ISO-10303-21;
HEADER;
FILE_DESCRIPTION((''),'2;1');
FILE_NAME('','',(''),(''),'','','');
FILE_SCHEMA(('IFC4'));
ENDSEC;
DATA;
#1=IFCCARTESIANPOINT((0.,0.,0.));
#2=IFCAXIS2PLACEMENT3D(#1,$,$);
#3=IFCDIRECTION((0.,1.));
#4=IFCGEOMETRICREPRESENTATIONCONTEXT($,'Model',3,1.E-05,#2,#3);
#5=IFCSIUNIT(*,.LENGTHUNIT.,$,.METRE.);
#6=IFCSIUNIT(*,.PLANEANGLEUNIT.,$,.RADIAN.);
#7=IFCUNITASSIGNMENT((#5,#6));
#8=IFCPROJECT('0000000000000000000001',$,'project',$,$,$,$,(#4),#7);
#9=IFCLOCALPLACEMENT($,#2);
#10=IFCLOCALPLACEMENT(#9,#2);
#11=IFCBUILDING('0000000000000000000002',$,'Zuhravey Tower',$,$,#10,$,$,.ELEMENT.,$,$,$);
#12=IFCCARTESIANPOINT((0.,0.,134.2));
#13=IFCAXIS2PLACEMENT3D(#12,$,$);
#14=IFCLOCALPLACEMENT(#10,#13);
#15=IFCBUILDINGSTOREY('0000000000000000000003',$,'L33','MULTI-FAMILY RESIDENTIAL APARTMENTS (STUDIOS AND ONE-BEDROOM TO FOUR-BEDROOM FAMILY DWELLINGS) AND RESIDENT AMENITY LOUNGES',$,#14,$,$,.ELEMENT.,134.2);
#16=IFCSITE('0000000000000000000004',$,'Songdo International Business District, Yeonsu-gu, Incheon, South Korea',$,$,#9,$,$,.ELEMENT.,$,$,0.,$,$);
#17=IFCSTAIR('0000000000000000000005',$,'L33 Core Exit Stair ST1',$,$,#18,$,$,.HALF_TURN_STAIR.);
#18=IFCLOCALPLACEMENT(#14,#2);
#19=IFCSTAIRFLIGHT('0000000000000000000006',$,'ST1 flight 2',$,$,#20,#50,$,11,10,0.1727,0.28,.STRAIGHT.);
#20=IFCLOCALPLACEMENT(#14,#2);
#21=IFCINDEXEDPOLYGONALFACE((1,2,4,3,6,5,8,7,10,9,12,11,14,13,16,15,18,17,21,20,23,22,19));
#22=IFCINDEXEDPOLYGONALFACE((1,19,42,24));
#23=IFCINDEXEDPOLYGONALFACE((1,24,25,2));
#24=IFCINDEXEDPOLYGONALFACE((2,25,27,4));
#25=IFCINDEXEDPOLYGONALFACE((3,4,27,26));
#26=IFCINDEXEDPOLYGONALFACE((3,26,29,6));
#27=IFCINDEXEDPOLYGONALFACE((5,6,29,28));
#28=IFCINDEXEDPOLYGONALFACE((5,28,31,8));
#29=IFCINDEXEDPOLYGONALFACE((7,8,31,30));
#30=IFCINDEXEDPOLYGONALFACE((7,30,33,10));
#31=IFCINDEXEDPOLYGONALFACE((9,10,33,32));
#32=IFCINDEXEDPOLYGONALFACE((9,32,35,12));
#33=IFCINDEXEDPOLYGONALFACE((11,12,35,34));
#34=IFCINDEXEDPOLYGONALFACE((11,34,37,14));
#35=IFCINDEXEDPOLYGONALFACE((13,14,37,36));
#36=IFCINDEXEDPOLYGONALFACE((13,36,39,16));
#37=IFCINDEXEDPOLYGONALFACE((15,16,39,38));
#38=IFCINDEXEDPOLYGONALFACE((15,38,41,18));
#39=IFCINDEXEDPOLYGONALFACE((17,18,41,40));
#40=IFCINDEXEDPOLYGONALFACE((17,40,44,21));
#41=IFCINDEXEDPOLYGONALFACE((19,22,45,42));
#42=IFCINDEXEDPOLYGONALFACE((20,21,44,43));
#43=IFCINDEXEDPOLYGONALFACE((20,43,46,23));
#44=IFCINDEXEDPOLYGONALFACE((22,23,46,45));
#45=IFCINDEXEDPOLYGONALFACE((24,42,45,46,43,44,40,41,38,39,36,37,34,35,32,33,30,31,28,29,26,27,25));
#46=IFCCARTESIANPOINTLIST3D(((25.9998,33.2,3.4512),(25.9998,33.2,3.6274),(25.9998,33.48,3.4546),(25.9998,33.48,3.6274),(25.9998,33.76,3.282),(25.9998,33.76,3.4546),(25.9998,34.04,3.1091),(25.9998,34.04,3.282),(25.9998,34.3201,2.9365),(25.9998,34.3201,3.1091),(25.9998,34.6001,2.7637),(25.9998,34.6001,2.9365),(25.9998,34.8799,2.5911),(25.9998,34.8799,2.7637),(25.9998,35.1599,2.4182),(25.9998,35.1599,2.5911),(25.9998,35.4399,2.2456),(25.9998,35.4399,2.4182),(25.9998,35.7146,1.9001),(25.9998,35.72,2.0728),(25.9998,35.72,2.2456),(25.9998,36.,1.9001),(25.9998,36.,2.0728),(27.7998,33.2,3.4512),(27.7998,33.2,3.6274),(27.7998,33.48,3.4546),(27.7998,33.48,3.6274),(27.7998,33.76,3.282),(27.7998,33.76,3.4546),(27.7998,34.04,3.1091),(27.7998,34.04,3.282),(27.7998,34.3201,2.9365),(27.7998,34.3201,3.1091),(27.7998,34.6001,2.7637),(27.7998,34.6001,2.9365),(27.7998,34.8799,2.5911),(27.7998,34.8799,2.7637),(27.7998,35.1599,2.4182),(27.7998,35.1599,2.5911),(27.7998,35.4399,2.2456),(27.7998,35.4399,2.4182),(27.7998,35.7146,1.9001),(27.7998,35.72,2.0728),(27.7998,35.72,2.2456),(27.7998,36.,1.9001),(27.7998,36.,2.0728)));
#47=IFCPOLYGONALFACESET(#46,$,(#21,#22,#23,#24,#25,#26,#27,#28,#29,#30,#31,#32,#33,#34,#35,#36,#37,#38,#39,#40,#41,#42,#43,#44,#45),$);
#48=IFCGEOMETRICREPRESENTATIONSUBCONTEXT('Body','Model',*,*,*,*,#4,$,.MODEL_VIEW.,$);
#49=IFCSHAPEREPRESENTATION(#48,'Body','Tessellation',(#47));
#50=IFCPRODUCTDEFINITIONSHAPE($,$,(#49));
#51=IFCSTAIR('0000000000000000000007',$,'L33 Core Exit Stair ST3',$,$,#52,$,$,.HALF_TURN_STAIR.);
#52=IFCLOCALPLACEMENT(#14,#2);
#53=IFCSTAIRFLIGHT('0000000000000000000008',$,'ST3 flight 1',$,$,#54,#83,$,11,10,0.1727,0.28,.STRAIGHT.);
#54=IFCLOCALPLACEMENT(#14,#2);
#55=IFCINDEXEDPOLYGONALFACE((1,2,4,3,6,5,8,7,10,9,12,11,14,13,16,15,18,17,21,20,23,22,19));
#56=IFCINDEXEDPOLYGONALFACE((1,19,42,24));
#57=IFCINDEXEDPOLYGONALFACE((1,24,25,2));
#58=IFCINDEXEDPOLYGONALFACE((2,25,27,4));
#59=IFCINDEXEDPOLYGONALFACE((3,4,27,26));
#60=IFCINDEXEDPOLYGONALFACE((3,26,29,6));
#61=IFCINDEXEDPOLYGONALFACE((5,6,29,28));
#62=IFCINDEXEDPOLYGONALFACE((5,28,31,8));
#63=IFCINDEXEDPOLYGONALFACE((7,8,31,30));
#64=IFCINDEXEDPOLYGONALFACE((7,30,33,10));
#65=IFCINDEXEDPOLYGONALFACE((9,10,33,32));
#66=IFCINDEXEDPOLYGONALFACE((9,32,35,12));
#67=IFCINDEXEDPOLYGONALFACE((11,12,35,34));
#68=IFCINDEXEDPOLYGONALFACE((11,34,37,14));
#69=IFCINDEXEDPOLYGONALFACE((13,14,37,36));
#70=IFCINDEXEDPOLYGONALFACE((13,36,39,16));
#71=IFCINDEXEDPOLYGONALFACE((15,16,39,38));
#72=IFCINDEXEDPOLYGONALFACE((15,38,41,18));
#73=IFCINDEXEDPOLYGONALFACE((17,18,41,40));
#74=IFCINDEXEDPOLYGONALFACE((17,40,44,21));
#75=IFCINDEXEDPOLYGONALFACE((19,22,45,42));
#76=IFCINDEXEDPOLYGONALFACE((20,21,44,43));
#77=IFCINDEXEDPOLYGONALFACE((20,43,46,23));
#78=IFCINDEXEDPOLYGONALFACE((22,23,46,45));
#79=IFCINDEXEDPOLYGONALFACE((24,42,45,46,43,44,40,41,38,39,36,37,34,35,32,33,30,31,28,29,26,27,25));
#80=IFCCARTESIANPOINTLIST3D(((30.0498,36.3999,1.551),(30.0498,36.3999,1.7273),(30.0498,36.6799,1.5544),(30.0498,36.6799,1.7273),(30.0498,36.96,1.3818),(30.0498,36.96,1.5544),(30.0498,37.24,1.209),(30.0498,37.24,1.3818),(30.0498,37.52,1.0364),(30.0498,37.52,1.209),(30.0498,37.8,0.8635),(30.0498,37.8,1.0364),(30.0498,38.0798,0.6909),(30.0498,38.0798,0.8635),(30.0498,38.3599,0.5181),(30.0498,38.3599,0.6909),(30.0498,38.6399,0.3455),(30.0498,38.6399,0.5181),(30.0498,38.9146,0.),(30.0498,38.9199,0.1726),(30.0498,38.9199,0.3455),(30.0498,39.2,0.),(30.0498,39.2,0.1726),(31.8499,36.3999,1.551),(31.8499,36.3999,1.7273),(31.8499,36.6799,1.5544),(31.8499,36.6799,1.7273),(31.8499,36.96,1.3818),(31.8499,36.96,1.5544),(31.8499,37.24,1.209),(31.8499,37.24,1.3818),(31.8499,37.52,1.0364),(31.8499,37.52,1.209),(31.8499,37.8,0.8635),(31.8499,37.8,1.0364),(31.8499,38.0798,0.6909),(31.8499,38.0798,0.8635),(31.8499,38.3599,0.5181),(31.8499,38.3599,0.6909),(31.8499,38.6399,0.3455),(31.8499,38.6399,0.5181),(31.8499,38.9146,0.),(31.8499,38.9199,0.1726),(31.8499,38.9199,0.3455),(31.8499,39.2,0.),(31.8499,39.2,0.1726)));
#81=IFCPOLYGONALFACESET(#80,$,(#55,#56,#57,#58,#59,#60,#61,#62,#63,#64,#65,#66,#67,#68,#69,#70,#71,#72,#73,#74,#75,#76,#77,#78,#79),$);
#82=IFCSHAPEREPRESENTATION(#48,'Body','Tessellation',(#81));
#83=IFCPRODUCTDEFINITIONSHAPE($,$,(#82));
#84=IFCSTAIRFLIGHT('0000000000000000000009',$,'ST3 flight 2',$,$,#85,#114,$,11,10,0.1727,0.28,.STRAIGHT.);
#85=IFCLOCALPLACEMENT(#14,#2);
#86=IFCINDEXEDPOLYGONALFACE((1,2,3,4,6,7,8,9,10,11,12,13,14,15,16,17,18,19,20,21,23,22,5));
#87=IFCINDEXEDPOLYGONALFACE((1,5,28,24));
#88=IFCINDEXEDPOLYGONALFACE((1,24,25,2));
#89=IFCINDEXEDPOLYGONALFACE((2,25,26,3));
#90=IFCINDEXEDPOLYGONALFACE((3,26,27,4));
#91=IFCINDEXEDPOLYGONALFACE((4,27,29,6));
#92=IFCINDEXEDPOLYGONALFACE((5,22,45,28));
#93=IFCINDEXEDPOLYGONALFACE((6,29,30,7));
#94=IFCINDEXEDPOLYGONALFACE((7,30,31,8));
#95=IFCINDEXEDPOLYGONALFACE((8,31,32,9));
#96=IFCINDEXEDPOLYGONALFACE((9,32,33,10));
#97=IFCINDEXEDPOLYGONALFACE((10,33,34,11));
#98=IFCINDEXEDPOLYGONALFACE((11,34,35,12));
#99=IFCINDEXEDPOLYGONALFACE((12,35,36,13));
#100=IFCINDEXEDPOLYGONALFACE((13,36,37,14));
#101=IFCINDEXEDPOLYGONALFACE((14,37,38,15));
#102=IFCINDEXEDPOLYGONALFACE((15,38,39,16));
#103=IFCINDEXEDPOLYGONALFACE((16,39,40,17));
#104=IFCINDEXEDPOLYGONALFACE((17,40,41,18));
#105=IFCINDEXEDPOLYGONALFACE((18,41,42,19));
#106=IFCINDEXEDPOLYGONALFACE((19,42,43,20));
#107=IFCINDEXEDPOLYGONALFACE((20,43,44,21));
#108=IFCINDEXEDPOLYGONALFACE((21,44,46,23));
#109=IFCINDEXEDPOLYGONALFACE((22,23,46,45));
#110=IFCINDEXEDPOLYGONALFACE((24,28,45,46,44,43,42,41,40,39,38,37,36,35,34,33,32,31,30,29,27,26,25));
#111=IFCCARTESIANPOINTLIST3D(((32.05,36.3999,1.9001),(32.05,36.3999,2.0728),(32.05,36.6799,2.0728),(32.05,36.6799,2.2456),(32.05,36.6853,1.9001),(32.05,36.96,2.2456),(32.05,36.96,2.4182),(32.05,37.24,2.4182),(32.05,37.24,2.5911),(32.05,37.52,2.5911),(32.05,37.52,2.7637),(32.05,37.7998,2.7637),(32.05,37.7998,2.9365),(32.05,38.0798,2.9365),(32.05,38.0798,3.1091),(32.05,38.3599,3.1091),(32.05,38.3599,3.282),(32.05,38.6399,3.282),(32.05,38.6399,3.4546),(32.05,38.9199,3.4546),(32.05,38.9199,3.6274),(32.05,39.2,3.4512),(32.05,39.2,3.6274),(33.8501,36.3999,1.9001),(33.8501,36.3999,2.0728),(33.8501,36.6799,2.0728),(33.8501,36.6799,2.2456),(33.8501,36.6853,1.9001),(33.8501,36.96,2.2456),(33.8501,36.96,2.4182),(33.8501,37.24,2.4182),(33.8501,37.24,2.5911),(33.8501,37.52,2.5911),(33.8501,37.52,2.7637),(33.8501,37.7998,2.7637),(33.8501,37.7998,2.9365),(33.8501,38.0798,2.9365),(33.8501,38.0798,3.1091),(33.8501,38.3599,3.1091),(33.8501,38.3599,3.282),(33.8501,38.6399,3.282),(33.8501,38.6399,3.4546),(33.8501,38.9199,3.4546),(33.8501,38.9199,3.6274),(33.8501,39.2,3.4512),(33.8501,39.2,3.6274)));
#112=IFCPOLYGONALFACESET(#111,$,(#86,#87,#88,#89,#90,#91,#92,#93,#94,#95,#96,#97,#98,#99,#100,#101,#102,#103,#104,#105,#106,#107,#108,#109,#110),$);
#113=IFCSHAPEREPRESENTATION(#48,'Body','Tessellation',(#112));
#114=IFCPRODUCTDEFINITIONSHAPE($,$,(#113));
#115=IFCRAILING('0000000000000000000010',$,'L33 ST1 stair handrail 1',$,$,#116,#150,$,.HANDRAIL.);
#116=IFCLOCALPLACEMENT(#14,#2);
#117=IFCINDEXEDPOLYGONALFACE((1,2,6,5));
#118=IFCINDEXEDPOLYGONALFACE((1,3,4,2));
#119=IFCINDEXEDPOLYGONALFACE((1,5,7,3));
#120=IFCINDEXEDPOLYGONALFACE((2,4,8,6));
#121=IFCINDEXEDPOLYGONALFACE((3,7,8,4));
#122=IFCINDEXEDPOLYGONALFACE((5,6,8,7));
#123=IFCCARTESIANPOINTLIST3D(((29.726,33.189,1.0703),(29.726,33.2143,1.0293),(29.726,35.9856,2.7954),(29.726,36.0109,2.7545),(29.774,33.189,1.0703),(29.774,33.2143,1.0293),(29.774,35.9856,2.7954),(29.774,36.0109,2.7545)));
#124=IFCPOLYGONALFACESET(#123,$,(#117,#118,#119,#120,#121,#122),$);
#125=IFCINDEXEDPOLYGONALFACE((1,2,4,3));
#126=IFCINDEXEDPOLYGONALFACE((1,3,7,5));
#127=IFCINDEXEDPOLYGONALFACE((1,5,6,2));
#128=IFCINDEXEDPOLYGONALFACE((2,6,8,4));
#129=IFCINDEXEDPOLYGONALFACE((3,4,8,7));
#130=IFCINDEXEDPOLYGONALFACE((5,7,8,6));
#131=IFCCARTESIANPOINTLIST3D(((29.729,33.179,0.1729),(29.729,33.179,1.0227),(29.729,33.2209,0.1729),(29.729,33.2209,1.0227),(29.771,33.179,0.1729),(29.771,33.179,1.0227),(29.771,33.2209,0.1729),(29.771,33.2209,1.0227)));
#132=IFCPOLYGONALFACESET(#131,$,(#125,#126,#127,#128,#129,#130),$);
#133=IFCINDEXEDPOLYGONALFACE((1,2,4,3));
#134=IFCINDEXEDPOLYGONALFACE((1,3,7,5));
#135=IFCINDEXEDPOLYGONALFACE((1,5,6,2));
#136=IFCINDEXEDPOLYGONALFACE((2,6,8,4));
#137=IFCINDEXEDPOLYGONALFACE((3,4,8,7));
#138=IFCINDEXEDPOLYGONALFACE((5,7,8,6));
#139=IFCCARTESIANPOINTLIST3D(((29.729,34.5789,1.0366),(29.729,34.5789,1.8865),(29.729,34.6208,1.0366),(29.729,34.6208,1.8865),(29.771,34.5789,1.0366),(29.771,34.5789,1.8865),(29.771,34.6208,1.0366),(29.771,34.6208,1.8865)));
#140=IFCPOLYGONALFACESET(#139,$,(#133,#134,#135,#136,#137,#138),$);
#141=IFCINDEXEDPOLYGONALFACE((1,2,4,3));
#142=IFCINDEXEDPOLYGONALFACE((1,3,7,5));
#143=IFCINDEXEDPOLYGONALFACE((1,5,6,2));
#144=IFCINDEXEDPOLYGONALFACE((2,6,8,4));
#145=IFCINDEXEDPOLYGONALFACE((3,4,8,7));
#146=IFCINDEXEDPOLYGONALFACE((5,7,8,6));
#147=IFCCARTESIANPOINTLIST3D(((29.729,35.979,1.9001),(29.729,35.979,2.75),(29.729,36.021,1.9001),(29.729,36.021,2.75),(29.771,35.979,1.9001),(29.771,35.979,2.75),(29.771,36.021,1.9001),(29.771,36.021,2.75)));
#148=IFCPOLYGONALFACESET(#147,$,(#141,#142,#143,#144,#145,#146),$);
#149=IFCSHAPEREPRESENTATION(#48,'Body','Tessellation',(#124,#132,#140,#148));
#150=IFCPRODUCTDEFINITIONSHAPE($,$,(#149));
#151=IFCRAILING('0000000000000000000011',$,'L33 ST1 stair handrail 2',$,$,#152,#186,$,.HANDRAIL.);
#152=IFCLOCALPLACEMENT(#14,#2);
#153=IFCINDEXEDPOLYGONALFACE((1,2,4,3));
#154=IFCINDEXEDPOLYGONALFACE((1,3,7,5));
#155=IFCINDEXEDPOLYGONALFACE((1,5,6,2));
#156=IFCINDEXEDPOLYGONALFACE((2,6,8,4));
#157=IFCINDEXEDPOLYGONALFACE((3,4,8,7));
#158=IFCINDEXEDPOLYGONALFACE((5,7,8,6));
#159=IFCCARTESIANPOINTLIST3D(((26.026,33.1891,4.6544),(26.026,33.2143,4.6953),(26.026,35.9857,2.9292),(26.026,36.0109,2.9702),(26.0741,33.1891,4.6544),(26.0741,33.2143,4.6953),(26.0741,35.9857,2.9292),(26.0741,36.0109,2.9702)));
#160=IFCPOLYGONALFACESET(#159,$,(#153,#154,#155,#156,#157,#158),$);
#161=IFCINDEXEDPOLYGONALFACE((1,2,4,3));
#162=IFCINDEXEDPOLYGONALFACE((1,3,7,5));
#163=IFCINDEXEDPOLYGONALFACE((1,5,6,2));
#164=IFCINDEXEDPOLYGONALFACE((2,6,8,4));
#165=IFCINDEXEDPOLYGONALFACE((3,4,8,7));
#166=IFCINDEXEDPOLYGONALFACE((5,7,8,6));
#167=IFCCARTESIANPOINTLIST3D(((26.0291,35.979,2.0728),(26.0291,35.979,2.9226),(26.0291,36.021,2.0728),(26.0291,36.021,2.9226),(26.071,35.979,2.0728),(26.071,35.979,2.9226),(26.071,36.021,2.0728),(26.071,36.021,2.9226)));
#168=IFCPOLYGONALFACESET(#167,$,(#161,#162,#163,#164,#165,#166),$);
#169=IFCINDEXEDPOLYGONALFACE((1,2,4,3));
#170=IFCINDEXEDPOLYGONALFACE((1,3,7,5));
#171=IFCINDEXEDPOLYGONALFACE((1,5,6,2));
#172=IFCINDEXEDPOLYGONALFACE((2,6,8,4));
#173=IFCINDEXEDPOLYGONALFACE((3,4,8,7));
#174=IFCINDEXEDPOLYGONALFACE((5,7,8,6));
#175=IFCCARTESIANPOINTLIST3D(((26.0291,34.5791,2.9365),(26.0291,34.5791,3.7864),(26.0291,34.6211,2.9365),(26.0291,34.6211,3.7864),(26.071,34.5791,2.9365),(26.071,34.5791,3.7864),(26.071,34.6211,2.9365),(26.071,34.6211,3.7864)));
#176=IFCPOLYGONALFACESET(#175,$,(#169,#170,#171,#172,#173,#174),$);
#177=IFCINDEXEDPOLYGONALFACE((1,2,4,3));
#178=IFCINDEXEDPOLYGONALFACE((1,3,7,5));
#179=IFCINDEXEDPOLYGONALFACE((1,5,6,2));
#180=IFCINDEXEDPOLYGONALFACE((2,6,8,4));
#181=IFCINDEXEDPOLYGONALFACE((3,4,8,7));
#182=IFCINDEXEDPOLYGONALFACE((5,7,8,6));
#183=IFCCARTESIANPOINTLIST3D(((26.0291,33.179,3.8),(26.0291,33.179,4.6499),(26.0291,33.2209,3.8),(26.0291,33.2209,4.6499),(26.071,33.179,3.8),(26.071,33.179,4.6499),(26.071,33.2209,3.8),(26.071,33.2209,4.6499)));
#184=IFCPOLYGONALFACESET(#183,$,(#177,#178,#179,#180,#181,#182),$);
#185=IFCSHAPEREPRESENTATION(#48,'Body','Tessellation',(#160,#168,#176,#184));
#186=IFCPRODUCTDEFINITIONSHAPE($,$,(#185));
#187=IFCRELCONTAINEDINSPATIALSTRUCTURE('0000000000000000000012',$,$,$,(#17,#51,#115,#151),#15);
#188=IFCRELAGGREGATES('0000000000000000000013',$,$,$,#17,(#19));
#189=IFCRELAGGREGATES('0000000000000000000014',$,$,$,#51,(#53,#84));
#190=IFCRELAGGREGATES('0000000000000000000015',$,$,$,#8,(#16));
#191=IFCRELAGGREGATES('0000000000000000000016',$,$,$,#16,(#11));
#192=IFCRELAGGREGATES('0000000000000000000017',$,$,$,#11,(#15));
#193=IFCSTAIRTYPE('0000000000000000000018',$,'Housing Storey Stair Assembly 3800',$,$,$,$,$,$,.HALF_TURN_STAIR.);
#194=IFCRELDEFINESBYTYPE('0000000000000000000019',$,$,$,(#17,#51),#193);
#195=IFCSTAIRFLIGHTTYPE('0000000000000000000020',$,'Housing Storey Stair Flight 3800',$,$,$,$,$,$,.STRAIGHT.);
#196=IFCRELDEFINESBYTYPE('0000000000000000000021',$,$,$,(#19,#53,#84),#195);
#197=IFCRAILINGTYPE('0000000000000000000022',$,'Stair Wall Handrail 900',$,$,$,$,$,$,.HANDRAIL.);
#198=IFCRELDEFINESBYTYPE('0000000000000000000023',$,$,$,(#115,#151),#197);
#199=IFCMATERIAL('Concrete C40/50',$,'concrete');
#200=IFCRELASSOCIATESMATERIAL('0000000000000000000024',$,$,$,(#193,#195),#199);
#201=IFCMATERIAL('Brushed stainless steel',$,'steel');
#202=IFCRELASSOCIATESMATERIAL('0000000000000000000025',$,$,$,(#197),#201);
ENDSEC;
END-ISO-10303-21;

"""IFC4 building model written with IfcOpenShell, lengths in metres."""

from ifc_helpers import new_model, si_unit, direction, frame, origin, origin_2d, place, context, subcontext, project, spatial, polyline, rectangle, outline, extrude, material, type_object, element, aggregate, save


model = new_model("IFC4")

# Units and contexts
model_context = context("Model", 3, precision=1e-05, world=origin(), true_north=direction((0.0, 1.0)))
body_context = subcontext(model_context, "Body", "Model", "MODEL_VIEW")
ifc_project = project(units=[si_unit("LENGTHUNIT", "METRE"), si_unit("PLANEANGLEUNIT", "RADIAN")], contexts=[model_context])

# Site, building, storey
site_placement = place(None, origin())
site = spatial("IfcSite", under=ifc_project, at=site_placement, Name="Songdo International Business District, Yeonsu-gu, Incheon, South Korea", CompositionType="ELEMENT", RefElevation=0.0)
building_placement = place(site_placement, origin())
building = spatial("IfcBuilding", under=site, at=building_placement, Name="Zuhravey Tower", CompositionType="ELEMENT")
storey_placement = place(building_placement, frame((0.0, 0.0, 134.2)))
storey = spatial("IfcBuildingStorey", under=building, at=storey_placement, Name="L33", Description="MULTI-FAMILY RESIDENTIAL APARTMENTS (STUDIOS AND ONE-BEDROOM TO FOUR-BEDROOM FAMILY DWELLINGS) AND RESIDENT AMENITY LOUNGES", CompositionType="ELEMENT", Elevation=134.2)

# Stairs, stair flights
ifc_material_1 = material(Name="Concrete C40/50", Category="concrete")
stair_type = type_object("IfcStairType", Name="Housing Storey Stair Assembly 3800", PredefinedType="HALF_TURN_STAIR", material=ifc_material_1)
stair_1_placement = place(storey_placement, origin())
stair_1 = element("IfcStair", 1, at=stair_1_placement, inside=storey, type_object=stair_type, Name="L33 Core Exit Stair ST1", PredefinedType="HALF_TURN_STAIR")
stair_flight_type = type_object("IfcStairFlightType", Name="Housing Storey Stair Flight 3800", PredefinedType="STRAIGHT", material=ifc_material_1)
stair_flight_1_placement = place(storey_placement, frame((26.8999, 36.0, 1.9001), z_axis=(0.0, 0.0, 1.0), x_axis=(0.0, -1.0, 0.0)))
stair_flight_1 = element("IfcStairFlight", 2, at=stair_flight_1_placement, type_object=stair_flight_type, Name="ST1 flight 2", NumberOfRisers=11, NumberOfTreads=10, PredefinedType="STRAIGHT", RiserHeight=0.1727, TreadLength=0.28, context=body_context, shape_type="SweptSolid", body=[
    extrude(outline(polyline([(0.0, 0.0), (0.0, 0.1726), (0.28, 0.1726), (0.28, 0.3455), (0.5601, 0.3455), (0.5601, 0.5181), (0.8401, 0.5181), (0.8401, 0.6909), (1.1201, 0.6909), (1.1201, 0.8635), (1.3999, 0.8635), (1.3999, 1.0364), (1.6799, 1.0364), (1.6799, 1.209), (1.96, 1.209), (1.96, 1.3818), (2.24, 1.3818), (2.24, 1.5544), (2.52, 1.5544), (2.52, 1.7273), (2.8, 1.7273), (2.8, 1.8999), (2.8, 1.551), (0.2854, 0.0), (0.0, 0.0)])), frame((0.0, 0.8999, 0.0), z_axis=(0.0, -1.0, 0.0), x_axis=(1.0, 0.0, 0.0)), (0.0, 0.0, 1.0), 1.8),
])
aggregate(stair_1, [stair_flight_1])
stair_2_placement = place(storey_placement, origin())
stair_2 = element("IfcStair", 3, at=stair_2_placement, inside=storey, type_object=stair_type, Name="L33 Core Exit Stair ST3", PredefinedType="HALF_TURN_STAIR")
stair_flight_2_placement = place(storey_placement, frame((30.95, 39.2, 0.0), z_axis=(0.0, 0.0, 1.0), x_axis=(0.0, -1.0, 0.0)))
stair_flight_2 = element("IfcStairFlight", 4, at=stair_flight_2_placement, type_object=stair_flight_type, Name="ST3 flight 1", NumberOfRisers=11, NumberOfTreads=10, PredefinedType="STRAIGHT", RiserHeight=0.1727, TreadLength=0.28, context=body_context, shape_type="SweptSolid", body=[
    extrude(outline(polyline([(0.0, 0.0), (0.0, 0.1726), (0.28, 0.1726), (0.28, 0.3455), (0.5601, 0.3455), (0.5601, 0.5181), (0.8401, 0.5181), (0.8401, 0.6909), (1.1201, 0.6909), (1.1201, 0.8635), (1.3999, 0.8635), (1.3999, 1.0364), (1.6799, 1.0364), (1.6799, 1.209), (1.96, 1.209), (1.96, 1.3818), (2.24, 1.3818), (2.24, 1.5544), (2.52, 1.5544), (2.52, 1.7273), (2.8, 1.7273), (2.8, 1.8999), (2.8, 1.551), (0.2854, 0.0), (0.0, 0.0)])), frame((0.0, 0.8999, 0.0), z_axis=(0.0, -1.0, 0.0), x_axis=(1.0, 0.0, 0.0)), (0.0, 0.0, 1.0), 1.8),
])
stair_flight_3_placement = place(storey_placement, frame((32.95, 36.3999, 1.9001), z_axis=(0.0, 0.0, 1.0), x_axis=(0.0, 1.0, 0.0)))
stair_flight_3 = element("IfcStairFlight", 5, at=stair_flight_3_placement, type_object=stair_flight_type, Name="ST3 flight 2", NumberOfRisers=11, NumberOfTreads=10, PredefinedType="STRAIGHT", RiserHeight=0.1727, TreadLength=0.28, context=body_context, shape_type="SweptSolid", body=[
    extrude(outline(polyline([(0.0, 0.0), (0.0, 0.1726), (0.28, 0.1726), (0.28, 0.3455), (0.5601, 0.3455), (0.5601, 0.5181), (0.8401, 0.5181), (0.8401, 0.6909), (1.1201, 0.6909), (1.1201, 0.8635), (1.3999, 0.8635), (1.3999, 1.0364), (1.6799, 1.0364), (1.6799, 1.209), (1.96, 1.209), (1.96, 1.3818), (2.24, 1.3818), (2.24, 1.5544), (2.52, 1.5544), (2.52, 1.7273), (2.8, 1.7273), (2.8, 1.8999), (2.8, 1.551), (0.2854, 0.0), (0.0, 0.0)])), frame((0.0, 0.8999, 0.0), z_axis=(0.0, -1.0, 0.0), x_axis=(1.0, 0.0, 0.0)), (0.0, 0.0, 1.0), 1.8),
])
aggregate(stair_2, [stair_flight_2, stair_flight_3])

# Railings
ifc_material_2 = material(Name="Brushed stainless steel", Category="steel")
railing_type_1 = type_object("IfcRailingType", Name="Stair Wall Handrail 900", PredefinedType="HANDRAIL", material=ifc_material_2)
railing_1_placement = place(storey_placement, frame((29.75, 33.2, 0.1729)))
element("IfcRailing", 6, at=railing_1_placement, inside=storey, type_object=railing_type_1, Name="L33 ST1 stair handrail 1", PredefinedType="HANDRAIL", context=body_context, shape_type="SweptSolid", body=[
    extrude(rectangle(XDim=0.0481, YDim=0.0481, at=origin_2d()), frame((0.0, 0.0017, 0.877), z_axis=(0.0, 0.85109, 0.52502), x_axis=(-1.0, 0.0, 0.0)), (0.0, 0.0, 1.0), 3.2859),
    extrude(rectangle(XDim=0.042, YDim=0.042, at=origin_2d()), origin(), (0.0, 0.0, 1.0), 0.8499),
    extrude(rectangle(XDim=0.042, YDim=0.042, at=origin_2d()), frame((0.0, 1.3999, 0.8638)), (0.0, 0.0, 1.0), 0.8499),
    extrude(rectangle(XDim=0.042, YDim=0.042, at=origin_2d()), frame((0.0, 2.8, 1.7273)), (0.0, 0.0, 1.0), 0.8499),
])
for number, where, name in (
    (7, (26.05, 36.0, 2.0728), "L33 ST1 stair handrail 2"),
):
    element("IfcRailing", number, at=place(storey_placement, frame(where)), inside=storey, type_object=railing_type_1, Name=name, PredefinedType="HANDRAIL", context=body_context, shape_type="SweptSolid", body=[
        extrude(rectangle(XDim=0.0481, YDim=0.0481, at=origin_2d()), frame((0.0, -0.0017, 0.877), z_axis=(0.0, -0.85109, 0.52502), x_axis=(1.0, 0.0, 0.0)), (0.0, 0.0, 1.0), 3.2859),
        extrude(rectangle(XDim=0.042, YDim=0.042, at=origin_2d()), origin(), (0.0, 0.0, 1.0), 0.8499),
        extrude(rectangle(XDim=0.042, YDim=0.042, at=origin_2d()), frame((0.0, -1.3999, 0.8638)), (0.0, 0.0, 1.0), 0.8499),
        extrude(rectangle(XDim=0.042, YDim=0.042, at=origin_2d()), frame((0.0, -2.8, 1.7273)), (0.0, 0.0, 1.0), 0.8499),
    ])

save(model, "model.ifc")
